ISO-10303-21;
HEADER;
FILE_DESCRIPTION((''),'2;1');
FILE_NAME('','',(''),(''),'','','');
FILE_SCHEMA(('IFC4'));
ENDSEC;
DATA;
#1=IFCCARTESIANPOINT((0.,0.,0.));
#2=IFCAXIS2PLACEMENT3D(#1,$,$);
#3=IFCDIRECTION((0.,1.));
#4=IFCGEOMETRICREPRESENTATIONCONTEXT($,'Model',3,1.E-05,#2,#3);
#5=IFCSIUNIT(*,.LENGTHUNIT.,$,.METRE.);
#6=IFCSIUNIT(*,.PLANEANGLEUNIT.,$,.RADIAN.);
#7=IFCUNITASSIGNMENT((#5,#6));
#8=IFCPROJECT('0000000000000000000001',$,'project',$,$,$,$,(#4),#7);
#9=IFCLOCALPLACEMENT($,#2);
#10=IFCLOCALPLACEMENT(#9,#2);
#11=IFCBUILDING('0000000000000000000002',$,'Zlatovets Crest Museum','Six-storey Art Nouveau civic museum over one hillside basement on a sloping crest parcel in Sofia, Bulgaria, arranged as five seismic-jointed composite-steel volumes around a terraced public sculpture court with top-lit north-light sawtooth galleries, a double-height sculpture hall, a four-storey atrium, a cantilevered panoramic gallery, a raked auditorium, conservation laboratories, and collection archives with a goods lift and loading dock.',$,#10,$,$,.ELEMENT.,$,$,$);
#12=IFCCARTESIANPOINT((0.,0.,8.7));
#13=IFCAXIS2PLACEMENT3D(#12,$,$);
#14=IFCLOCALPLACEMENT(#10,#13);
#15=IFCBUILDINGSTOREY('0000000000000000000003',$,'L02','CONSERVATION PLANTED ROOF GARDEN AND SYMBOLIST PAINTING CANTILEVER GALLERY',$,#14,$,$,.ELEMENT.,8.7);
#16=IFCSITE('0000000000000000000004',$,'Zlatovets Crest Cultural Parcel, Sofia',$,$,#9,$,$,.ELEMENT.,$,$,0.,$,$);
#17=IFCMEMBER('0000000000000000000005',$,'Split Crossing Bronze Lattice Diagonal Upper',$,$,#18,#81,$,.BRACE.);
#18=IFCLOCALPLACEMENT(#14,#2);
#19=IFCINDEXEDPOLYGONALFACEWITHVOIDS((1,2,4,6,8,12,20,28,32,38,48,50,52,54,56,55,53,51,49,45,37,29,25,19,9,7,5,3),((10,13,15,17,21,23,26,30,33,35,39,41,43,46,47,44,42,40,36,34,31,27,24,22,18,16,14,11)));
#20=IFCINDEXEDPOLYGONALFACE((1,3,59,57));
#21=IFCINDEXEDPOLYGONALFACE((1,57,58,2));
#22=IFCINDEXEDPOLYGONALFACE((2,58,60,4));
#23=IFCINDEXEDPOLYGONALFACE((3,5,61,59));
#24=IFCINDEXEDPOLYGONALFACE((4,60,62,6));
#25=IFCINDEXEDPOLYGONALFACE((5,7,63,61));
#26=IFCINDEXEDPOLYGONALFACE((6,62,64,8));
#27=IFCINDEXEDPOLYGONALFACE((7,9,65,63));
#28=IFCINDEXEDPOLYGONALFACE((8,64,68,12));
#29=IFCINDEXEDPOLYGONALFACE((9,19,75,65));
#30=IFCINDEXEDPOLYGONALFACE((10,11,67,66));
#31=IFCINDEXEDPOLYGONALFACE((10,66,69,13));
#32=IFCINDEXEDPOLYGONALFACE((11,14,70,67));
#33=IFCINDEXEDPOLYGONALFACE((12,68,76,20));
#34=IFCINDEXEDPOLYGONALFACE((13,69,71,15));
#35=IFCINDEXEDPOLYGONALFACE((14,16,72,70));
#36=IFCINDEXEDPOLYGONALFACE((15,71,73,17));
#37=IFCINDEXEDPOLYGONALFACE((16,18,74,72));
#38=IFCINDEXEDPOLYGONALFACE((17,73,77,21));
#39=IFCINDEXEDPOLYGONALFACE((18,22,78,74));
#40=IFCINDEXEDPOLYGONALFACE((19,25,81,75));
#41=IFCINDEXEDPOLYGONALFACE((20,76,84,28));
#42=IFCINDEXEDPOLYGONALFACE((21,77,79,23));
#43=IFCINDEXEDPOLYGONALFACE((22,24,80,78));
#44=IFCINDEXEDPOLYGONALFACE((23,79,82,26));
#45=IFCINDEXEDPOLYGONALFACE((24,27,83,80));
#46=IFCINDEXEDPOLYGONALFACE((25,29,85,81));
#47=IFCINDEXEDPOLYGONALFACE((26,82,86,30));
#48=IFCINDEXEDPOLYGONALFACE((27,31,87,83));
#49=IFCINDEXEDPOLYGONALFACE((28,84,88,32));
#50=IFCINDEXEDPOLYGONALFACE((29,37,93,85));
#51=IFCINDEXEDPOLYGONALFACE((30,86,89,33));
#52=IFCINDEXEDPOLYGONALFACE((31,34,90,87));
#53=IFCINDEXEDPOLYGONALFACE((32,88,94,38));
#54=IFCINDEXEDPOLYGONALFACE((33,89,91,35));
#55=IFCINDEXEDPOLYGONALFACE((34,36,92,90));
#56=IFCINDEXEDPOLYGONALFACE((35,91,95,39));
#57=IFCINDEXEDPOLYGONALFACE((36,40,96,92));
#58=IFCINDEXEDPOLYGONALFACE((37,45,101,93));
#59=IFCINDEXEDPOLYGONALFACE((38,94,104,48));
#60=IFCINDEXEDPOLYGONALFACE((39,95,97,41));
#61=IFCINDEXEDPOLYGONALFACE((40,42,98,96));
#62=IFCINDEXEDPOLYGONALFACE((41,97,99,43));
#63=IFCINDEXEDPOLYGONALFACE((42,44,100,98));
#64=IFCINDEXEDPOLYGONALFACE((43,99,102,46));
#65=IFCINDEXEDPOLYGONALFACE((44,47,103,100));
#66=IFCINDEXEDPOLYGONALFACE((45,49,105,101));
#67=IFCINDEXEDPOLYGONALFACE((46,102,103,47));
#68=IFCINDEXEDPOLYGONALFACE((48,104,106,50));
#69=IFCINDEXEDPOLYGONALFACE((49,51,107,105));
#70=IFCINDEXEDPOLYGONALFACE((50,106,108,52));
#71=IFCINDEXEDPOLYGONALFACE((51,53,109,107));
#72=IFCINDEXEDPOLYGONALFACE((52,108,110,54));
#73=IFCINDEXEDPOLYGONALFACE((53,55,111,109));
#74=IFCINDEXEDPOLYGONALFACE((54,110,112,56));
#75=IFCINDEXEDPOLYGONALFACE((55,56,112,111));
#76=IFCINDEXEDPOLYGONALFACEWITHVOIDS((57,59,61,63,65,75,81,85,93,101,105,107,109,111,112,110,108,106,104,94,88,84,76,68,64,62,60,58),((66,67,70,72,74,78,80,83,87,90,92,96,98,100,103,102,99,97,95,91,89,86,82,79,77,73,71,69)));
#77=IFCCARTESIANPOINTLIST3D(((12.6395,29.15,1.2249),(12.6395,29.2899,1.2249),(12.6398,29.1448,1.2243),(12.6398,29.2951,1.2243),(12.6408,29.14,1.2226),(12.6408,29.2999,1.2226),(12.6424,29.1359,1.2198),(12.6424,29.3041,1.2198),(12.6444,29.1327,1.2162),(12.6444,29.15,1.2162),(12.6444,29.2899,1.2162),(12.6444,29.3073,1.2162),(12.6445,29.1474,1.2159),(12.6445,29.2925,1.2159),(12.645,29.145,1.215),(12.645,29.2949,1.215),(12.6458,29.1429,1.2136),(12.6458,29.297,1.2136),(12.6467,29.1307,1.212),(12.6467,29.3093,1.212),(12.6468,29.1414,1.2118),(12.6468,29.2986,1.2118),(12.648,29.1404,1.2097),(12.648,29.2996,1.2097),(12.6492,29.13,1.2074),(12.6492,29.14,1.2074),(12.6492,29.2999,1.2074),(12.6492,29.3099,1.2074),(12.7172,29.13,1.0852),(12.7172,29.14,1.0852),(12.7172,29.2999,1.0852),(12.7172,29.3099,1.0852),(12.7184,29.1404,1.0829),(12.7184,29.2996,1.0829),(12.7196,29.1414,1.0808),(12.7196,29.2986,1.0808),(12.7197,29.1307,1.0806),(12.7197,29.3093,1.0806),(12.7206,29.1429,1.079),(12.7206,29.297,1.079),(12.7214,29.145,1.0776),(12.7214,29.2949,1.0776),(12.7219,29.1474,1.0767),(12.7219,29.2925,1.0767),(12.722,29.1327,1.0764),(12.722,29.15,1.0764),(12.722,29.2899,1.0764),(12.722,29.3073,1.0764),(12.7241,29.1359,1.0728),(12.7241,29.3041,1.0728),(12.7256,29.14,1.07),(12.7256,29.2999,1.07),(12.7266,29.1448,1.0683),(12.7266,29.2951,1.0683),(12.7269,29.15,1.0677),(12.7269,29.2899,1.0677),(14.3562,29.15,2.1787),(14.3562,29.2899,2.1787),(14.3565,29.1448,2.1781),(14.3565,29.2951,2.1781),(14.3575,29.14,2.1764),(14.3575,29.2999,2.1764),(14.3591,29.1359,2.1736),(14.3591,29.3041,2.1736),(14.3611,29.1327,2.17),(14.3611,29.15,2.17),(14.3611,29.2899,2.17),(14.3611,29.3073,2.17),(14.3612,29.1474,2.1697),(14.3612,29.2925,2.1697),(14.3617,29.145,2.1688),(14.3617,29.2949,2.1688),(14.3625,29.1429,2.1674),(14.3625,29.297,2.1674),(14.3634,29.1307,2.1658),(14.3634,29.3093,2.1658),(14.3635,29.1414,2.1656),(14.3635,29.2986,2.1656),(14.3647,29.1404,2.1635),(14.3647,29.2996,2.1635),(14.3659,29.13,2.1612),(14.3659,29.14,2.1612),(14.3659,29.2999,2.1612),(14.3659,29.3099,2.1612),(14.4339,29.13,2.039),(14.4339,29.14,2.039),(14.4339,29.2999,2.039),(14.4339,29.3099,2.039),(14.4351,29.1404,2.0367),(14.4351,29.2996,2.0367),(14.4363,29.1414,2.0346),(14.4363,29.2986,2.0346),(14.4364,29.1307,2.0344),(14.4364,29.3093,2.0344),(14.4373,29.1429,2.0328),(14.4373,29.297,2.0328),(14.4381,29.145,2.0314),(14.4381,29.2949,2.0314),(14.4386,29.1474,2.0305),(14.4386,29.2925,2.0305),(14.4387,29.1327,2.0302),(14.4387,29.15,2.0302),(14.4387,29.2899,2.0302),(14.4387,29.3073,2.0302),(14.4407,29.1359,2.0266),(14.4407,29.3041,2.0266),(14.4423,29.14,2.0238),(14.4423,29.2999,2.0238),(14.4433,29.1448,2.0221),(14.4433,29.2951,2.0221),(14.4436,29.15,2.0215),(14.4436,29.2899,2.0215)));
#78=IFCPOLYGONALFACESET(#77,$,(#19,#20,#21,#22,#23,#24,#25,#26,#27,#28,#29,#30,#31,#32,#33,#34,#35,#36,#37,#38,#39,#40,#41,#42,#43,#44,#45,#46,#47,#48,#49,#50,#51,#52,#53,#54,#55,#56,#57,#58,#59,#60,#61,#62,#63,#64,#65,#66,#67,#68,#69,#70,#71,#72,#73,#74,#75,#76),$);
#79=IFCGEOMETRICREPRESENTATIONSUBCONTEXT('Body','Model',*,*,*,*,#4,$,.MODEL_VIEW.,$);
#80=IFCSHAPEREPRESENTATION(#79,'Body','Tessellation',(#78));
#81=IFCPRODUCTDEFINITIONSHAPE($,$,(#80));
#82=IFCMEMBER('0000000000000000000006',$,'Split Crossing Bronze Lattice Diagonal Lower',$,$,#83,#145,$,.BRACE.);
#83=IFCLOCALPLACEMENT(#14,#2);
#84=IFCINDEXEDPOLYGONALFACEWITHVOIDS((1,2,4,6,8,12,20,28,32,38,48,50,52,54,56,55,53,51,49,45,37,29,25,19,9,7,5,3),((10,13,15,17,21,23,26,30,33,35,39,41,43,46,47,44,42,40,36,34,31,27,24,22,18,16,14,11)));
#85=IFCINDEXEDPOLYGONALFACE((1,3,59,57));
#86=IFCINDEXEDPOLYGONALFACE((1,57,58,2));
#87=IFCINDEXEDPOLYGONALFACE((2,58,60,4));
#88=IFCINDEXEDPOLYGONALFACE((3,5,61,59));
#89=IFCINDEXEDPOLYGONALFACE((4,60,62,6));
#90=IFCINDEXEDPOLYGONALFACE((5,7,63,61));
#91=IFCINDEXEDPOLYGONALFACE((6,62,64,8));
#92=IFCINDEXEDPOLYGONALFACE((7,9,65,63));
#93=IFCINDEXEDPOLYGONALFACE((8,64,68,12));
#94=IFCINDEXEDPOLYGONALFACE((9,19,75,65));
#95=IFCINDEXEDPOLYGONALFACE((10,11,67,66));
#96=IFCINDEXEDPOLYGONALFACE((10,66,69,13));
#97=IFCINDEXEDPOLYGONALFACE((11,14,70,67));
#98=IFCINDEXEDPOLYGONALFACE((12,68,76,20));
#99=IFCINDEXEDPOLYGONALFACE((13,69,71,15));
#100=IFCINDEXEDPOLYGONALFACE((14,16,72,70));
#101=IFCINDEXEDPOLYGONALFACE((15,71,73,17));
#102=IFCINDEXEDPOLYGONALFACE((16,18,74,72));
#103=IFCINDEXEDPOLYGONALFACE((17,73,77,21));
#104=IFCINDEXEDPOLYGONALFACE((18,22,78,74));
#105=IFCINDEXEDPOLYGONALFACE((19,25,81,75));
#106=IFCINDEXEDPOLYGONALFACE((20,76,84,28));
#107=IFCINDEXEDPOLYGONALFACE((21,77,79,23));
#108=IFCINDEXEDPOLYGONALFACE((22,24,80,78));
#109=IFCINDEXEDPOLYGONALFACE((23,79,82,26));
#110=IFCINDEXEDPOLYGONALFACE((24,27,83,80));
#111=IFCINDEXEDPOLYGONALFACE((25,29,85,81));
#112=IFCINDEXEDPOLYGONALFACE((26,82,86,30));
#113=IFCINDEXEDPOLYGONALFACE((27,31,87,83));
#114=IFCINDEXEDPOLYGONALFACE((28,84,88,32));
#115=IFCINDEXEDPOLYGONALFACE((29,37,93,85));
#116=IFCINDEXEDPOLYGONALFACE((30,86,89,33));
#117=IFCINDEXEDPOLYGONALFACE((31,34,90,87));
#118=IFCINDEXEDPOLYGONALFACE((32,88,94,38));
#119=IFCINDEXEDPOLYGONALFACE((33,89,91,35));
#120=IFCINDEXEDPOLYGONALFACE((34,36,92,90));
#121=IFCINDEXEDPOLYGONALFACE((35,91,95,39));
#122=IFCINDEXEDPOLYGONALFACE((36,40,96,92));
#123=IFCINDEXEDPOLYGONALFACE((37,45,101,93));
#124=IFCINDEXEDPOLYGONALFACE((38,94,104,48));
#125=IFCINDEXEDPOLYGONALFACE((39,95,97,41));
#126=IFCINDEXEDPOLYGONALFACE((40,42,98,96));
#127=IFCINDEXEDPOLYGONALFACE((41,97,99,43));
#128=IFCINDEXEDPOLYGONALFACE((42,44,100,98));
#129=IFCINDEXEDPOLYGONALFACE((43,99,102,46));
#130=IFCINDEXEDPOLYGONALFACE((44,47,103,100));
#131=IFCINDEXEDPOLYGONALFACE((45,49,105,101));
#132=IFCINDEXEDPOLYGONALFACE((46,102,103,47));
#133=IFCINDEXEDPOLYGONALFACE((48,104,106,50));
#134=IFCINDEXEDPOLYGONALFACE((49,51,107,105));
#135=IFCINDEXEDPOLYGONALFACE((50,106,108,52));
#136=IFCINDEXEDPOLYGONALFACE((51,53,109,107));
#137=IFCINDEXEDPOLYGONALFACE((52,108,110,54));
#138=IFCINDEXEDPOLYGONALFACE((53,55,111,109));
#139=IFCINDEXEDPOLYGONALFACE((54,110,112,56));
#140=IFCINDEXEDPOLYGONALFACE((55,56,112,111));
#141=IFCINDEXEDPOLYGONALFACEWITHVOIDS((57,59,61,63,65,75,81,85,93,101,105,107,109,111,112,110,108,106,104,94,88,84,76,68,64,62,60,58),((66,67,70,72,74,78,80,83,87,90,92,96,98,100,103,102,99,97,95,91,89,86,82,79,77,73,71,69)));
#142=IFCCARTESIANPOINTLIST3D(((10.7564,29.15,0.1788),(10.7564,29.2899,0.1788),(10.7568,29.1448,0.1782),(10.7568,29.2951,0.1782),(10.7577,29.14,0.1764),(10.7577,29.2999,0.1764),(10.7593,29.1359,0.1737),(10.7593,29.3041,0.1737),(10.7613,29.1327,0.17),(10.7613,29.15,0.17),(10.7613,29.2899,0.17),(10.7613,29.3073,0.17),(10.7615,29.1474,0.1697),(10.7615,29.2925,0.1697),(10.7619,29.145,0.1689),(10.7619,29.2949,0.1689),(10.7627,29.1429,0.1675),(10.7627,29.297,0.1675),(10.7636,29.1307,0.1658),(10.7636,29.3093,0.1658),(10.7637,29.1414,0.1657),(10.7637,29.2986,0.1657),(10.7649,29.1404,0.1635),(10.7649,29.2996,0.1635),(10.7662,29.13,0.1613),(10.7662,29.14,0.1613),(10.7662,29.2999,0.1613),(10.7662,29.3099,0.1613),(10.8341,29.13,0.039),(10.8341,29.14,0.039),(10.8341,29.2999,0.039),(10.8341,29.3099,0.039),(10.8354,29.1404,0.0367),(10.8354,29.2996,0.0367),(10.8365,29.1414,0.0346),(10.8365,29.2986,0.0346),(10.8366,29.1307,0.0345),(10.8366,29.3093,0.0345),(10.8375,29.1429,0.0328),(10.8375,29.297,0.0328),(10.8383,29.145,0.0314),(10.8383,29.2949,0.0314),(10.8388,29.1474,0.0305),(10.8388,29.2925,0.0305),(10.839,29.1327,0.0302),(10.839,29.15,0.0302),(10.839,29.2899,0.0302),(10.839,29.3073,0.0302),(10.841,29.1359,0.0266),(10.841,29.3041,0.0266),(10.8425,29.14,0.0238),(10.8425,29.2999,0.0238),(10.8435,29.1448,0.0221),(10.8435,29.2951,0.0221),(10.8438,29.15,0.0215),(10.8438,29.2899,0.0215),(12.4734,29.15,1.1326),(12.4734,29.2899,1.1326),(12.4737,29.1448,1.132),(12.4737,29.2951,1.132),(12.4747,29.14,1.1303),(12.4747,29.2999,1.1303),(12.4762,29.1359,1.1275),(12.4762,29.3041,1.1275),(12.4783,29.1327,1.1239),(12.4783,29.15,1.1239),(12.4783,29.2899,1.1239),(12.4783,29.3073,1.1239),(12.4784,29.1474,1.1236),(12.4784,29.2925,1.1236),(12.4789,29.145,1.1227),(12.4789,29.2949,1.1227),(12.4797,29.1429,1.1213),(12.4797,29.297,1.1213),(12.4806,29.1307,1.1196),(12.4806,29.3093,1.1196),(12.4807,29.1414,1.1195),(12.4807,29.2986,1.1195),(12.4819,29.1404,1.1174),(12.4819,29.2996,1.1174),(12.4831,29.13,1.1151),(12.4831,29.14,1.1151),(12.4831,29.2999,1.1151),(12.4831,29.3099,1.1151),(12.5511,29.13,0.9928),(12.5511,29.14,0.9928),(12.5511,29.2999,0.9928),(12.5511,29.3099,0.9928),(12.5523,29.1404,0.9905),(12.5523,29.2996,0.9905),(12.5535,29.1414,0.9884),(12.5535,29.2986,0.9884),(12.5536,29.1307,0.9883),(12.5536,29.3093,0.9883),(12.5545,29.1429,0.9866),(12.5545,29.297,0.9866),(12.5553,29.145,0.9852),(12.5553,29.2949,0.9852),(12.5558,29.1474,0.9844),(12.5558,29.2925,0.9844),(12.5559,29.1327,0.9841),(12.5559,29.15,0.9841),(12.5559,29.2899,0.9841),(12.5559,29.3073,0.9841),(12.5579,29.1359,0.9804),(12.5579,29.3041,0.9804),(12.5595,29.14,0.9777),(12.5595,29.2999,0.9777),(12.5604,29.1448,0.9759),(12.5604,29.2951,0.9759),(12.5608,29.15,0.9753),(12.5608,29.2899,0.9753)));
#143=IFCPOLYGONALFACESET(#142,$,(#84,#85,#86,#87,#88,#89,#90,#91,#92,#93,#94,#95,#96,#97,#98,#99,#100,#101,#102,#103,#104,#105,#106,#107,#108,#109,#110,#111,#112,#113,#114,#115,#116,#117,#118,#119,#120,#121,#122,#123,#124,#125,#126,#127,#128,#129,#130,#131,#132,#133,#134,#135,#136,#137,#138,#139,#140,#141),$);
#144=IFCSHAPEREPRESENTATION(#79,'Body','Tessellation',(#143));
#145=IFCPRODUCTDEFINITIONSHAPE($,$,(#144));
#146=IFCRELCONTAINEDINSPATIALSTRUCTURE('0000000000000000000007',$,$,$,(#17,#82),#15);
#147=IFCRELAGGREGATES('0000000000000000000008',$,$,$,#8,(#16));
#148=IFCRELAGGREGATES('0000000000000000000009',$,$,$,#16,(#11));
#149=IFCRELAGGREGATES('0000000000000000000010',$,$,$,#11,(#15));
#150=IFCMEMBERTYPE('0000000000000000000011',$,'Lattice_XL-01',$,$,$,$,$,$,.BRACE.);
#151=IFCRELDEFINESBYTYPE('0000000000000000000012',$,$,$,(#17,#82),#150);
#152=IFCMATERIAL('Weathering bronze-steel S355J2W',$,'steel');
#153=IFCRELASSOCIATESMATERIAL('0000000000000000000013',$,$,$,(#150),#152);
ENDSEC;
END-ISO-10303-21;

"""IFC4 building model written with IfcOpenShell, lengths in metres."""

from ifc_helpers import new_model, si_unit, direction, frame, origin, origin_2d, place, context, subcontext, project, spatial, hollow_rectangle, extrude, material, material_profile, profile_set, type_object, element, save


model = new_model("IFC4")

# Units and contexts
model_context = context("Model", 3, precision=1e-05, world=origin(), true_north=direction((0.0, 1.0)))
body_context = subcontext(model_context, "Body", "Model", "MODEL_VIEW")
ifc_project = project(units=[si_unit("LENGTHUNIT", "METRE"), si_unit("PLANEANGLEUNIT", "RADIAN")], contexts=[model_context])

# Site, building, storey
site_placement = place(None, origin())
site = spatial("IfcSite", under=ifc_project, at=site_placement, Name="Zlatovets Crest Cultural Parcel, Sofia", CompositionType="ELEMENT", RefElevation=0.0)
building_placement = place(site_placement, origin())
building = spatial("IfcBuilding", under=site, at=building_placement, Name="Zlatovets Crest Museum", Description="Six-storey Art Nouveau civic museum over one hillside basement on a sloping crest parcel in Sofia, Bulgaria, arranged as five seismic-jointed composite-steel volumes around a terraced public sculpture court with top-lit north-light sawtooth galleries, a double-height sculpture hall, a four-storey atrium, a cantilevered panoramic gallery, a raked auditorium, conservation laboratories, and collection archives with a goods lift and loading dock.", CompositionType="ELEMENT")
storey_placement = place(building_placement, frame((0.0, 0.0, 8.7)))
storey = spatial("IfcBuildingStorey", under=building, at=storey_placement, Name="L02", Description="CONSERVATION PLANTED ROOF GARDEN AND SYMBOLIST PAINTING CANTILEVER GALLERY", CompositionType="ELEMENT", Elevation=8.7)

# Members
ifc_material_1 = material(Name="Weathering bronze-steel S355J2W", Category="steel")
ifc_material_profile_1 = material_profile(ifc_material_1, hollow_rectangle(XDim=0.1799, YDim=0.1799, WallThickness=0.01, InnerFilletRadius=0.01, OuterFilletRadius=0.02, at=origin_2d()), Name="SHS 180x180x10.0")
ifc_profile_set_1 = profile_set([ifc_material_profile_1], Name="Weathering bronze-steel S355J2W")
member_type_1 = type_object("IfcMemberType", Name="Lattice_XL-01", PredefinedType="BRACE", material=ifc_profile_set_1)
member_1_placement = place(storey_placement, frame((14.3999, 29.22, 2.1001), z_axis=(-0.87414, 0.0, -0.485675), x_axis=(0.0, -1.0, 0.0)))
element("IfcMember", 1, at=member_1_placement, inside=storey, type_object=member_type_1, Name="Split Crossing Bronze Lattice Diagonal Upper", PredefinedType="BRACE", context=body_context, shape_type="SweptSolid", body=[
    extrude(hollow_rectangle(XDim=0.1799, YDim=0.1799, WallThickness=0.01, InnerFilletRadius=0.01, OuterFilletRadius=0.02, at=origin_2d()), origin(), (0.0, 0.0, 1.0), 1.9639),
])
member_2_placement = place(storey_placement, frame((12.5171, 29.22, 1.054), z_axis=(-0.874169, 0.0, -0.485622), x_axis=(0.0, -1.0, 0.0)))
element("IfcMember", 2, at=member_2_placement, inside=storey, type_object=member_type_1, Name="Split Crossing Bronze Lattice Diagonal Lower", PredefinedType="BRACE", context=body_context, shape_type="SweptSolid", body=[
    extrude(hollow_rectangle(XDim=0.1799, YDim=0.1799, WallThickness=0.01, InnerFilletRadius=0.01, OuterFilletRadius=0.02, at=origin_2d()), origin(), (0.0, 0.0, 1.0), 1.9641),
])

save(model, "model.ifc")
